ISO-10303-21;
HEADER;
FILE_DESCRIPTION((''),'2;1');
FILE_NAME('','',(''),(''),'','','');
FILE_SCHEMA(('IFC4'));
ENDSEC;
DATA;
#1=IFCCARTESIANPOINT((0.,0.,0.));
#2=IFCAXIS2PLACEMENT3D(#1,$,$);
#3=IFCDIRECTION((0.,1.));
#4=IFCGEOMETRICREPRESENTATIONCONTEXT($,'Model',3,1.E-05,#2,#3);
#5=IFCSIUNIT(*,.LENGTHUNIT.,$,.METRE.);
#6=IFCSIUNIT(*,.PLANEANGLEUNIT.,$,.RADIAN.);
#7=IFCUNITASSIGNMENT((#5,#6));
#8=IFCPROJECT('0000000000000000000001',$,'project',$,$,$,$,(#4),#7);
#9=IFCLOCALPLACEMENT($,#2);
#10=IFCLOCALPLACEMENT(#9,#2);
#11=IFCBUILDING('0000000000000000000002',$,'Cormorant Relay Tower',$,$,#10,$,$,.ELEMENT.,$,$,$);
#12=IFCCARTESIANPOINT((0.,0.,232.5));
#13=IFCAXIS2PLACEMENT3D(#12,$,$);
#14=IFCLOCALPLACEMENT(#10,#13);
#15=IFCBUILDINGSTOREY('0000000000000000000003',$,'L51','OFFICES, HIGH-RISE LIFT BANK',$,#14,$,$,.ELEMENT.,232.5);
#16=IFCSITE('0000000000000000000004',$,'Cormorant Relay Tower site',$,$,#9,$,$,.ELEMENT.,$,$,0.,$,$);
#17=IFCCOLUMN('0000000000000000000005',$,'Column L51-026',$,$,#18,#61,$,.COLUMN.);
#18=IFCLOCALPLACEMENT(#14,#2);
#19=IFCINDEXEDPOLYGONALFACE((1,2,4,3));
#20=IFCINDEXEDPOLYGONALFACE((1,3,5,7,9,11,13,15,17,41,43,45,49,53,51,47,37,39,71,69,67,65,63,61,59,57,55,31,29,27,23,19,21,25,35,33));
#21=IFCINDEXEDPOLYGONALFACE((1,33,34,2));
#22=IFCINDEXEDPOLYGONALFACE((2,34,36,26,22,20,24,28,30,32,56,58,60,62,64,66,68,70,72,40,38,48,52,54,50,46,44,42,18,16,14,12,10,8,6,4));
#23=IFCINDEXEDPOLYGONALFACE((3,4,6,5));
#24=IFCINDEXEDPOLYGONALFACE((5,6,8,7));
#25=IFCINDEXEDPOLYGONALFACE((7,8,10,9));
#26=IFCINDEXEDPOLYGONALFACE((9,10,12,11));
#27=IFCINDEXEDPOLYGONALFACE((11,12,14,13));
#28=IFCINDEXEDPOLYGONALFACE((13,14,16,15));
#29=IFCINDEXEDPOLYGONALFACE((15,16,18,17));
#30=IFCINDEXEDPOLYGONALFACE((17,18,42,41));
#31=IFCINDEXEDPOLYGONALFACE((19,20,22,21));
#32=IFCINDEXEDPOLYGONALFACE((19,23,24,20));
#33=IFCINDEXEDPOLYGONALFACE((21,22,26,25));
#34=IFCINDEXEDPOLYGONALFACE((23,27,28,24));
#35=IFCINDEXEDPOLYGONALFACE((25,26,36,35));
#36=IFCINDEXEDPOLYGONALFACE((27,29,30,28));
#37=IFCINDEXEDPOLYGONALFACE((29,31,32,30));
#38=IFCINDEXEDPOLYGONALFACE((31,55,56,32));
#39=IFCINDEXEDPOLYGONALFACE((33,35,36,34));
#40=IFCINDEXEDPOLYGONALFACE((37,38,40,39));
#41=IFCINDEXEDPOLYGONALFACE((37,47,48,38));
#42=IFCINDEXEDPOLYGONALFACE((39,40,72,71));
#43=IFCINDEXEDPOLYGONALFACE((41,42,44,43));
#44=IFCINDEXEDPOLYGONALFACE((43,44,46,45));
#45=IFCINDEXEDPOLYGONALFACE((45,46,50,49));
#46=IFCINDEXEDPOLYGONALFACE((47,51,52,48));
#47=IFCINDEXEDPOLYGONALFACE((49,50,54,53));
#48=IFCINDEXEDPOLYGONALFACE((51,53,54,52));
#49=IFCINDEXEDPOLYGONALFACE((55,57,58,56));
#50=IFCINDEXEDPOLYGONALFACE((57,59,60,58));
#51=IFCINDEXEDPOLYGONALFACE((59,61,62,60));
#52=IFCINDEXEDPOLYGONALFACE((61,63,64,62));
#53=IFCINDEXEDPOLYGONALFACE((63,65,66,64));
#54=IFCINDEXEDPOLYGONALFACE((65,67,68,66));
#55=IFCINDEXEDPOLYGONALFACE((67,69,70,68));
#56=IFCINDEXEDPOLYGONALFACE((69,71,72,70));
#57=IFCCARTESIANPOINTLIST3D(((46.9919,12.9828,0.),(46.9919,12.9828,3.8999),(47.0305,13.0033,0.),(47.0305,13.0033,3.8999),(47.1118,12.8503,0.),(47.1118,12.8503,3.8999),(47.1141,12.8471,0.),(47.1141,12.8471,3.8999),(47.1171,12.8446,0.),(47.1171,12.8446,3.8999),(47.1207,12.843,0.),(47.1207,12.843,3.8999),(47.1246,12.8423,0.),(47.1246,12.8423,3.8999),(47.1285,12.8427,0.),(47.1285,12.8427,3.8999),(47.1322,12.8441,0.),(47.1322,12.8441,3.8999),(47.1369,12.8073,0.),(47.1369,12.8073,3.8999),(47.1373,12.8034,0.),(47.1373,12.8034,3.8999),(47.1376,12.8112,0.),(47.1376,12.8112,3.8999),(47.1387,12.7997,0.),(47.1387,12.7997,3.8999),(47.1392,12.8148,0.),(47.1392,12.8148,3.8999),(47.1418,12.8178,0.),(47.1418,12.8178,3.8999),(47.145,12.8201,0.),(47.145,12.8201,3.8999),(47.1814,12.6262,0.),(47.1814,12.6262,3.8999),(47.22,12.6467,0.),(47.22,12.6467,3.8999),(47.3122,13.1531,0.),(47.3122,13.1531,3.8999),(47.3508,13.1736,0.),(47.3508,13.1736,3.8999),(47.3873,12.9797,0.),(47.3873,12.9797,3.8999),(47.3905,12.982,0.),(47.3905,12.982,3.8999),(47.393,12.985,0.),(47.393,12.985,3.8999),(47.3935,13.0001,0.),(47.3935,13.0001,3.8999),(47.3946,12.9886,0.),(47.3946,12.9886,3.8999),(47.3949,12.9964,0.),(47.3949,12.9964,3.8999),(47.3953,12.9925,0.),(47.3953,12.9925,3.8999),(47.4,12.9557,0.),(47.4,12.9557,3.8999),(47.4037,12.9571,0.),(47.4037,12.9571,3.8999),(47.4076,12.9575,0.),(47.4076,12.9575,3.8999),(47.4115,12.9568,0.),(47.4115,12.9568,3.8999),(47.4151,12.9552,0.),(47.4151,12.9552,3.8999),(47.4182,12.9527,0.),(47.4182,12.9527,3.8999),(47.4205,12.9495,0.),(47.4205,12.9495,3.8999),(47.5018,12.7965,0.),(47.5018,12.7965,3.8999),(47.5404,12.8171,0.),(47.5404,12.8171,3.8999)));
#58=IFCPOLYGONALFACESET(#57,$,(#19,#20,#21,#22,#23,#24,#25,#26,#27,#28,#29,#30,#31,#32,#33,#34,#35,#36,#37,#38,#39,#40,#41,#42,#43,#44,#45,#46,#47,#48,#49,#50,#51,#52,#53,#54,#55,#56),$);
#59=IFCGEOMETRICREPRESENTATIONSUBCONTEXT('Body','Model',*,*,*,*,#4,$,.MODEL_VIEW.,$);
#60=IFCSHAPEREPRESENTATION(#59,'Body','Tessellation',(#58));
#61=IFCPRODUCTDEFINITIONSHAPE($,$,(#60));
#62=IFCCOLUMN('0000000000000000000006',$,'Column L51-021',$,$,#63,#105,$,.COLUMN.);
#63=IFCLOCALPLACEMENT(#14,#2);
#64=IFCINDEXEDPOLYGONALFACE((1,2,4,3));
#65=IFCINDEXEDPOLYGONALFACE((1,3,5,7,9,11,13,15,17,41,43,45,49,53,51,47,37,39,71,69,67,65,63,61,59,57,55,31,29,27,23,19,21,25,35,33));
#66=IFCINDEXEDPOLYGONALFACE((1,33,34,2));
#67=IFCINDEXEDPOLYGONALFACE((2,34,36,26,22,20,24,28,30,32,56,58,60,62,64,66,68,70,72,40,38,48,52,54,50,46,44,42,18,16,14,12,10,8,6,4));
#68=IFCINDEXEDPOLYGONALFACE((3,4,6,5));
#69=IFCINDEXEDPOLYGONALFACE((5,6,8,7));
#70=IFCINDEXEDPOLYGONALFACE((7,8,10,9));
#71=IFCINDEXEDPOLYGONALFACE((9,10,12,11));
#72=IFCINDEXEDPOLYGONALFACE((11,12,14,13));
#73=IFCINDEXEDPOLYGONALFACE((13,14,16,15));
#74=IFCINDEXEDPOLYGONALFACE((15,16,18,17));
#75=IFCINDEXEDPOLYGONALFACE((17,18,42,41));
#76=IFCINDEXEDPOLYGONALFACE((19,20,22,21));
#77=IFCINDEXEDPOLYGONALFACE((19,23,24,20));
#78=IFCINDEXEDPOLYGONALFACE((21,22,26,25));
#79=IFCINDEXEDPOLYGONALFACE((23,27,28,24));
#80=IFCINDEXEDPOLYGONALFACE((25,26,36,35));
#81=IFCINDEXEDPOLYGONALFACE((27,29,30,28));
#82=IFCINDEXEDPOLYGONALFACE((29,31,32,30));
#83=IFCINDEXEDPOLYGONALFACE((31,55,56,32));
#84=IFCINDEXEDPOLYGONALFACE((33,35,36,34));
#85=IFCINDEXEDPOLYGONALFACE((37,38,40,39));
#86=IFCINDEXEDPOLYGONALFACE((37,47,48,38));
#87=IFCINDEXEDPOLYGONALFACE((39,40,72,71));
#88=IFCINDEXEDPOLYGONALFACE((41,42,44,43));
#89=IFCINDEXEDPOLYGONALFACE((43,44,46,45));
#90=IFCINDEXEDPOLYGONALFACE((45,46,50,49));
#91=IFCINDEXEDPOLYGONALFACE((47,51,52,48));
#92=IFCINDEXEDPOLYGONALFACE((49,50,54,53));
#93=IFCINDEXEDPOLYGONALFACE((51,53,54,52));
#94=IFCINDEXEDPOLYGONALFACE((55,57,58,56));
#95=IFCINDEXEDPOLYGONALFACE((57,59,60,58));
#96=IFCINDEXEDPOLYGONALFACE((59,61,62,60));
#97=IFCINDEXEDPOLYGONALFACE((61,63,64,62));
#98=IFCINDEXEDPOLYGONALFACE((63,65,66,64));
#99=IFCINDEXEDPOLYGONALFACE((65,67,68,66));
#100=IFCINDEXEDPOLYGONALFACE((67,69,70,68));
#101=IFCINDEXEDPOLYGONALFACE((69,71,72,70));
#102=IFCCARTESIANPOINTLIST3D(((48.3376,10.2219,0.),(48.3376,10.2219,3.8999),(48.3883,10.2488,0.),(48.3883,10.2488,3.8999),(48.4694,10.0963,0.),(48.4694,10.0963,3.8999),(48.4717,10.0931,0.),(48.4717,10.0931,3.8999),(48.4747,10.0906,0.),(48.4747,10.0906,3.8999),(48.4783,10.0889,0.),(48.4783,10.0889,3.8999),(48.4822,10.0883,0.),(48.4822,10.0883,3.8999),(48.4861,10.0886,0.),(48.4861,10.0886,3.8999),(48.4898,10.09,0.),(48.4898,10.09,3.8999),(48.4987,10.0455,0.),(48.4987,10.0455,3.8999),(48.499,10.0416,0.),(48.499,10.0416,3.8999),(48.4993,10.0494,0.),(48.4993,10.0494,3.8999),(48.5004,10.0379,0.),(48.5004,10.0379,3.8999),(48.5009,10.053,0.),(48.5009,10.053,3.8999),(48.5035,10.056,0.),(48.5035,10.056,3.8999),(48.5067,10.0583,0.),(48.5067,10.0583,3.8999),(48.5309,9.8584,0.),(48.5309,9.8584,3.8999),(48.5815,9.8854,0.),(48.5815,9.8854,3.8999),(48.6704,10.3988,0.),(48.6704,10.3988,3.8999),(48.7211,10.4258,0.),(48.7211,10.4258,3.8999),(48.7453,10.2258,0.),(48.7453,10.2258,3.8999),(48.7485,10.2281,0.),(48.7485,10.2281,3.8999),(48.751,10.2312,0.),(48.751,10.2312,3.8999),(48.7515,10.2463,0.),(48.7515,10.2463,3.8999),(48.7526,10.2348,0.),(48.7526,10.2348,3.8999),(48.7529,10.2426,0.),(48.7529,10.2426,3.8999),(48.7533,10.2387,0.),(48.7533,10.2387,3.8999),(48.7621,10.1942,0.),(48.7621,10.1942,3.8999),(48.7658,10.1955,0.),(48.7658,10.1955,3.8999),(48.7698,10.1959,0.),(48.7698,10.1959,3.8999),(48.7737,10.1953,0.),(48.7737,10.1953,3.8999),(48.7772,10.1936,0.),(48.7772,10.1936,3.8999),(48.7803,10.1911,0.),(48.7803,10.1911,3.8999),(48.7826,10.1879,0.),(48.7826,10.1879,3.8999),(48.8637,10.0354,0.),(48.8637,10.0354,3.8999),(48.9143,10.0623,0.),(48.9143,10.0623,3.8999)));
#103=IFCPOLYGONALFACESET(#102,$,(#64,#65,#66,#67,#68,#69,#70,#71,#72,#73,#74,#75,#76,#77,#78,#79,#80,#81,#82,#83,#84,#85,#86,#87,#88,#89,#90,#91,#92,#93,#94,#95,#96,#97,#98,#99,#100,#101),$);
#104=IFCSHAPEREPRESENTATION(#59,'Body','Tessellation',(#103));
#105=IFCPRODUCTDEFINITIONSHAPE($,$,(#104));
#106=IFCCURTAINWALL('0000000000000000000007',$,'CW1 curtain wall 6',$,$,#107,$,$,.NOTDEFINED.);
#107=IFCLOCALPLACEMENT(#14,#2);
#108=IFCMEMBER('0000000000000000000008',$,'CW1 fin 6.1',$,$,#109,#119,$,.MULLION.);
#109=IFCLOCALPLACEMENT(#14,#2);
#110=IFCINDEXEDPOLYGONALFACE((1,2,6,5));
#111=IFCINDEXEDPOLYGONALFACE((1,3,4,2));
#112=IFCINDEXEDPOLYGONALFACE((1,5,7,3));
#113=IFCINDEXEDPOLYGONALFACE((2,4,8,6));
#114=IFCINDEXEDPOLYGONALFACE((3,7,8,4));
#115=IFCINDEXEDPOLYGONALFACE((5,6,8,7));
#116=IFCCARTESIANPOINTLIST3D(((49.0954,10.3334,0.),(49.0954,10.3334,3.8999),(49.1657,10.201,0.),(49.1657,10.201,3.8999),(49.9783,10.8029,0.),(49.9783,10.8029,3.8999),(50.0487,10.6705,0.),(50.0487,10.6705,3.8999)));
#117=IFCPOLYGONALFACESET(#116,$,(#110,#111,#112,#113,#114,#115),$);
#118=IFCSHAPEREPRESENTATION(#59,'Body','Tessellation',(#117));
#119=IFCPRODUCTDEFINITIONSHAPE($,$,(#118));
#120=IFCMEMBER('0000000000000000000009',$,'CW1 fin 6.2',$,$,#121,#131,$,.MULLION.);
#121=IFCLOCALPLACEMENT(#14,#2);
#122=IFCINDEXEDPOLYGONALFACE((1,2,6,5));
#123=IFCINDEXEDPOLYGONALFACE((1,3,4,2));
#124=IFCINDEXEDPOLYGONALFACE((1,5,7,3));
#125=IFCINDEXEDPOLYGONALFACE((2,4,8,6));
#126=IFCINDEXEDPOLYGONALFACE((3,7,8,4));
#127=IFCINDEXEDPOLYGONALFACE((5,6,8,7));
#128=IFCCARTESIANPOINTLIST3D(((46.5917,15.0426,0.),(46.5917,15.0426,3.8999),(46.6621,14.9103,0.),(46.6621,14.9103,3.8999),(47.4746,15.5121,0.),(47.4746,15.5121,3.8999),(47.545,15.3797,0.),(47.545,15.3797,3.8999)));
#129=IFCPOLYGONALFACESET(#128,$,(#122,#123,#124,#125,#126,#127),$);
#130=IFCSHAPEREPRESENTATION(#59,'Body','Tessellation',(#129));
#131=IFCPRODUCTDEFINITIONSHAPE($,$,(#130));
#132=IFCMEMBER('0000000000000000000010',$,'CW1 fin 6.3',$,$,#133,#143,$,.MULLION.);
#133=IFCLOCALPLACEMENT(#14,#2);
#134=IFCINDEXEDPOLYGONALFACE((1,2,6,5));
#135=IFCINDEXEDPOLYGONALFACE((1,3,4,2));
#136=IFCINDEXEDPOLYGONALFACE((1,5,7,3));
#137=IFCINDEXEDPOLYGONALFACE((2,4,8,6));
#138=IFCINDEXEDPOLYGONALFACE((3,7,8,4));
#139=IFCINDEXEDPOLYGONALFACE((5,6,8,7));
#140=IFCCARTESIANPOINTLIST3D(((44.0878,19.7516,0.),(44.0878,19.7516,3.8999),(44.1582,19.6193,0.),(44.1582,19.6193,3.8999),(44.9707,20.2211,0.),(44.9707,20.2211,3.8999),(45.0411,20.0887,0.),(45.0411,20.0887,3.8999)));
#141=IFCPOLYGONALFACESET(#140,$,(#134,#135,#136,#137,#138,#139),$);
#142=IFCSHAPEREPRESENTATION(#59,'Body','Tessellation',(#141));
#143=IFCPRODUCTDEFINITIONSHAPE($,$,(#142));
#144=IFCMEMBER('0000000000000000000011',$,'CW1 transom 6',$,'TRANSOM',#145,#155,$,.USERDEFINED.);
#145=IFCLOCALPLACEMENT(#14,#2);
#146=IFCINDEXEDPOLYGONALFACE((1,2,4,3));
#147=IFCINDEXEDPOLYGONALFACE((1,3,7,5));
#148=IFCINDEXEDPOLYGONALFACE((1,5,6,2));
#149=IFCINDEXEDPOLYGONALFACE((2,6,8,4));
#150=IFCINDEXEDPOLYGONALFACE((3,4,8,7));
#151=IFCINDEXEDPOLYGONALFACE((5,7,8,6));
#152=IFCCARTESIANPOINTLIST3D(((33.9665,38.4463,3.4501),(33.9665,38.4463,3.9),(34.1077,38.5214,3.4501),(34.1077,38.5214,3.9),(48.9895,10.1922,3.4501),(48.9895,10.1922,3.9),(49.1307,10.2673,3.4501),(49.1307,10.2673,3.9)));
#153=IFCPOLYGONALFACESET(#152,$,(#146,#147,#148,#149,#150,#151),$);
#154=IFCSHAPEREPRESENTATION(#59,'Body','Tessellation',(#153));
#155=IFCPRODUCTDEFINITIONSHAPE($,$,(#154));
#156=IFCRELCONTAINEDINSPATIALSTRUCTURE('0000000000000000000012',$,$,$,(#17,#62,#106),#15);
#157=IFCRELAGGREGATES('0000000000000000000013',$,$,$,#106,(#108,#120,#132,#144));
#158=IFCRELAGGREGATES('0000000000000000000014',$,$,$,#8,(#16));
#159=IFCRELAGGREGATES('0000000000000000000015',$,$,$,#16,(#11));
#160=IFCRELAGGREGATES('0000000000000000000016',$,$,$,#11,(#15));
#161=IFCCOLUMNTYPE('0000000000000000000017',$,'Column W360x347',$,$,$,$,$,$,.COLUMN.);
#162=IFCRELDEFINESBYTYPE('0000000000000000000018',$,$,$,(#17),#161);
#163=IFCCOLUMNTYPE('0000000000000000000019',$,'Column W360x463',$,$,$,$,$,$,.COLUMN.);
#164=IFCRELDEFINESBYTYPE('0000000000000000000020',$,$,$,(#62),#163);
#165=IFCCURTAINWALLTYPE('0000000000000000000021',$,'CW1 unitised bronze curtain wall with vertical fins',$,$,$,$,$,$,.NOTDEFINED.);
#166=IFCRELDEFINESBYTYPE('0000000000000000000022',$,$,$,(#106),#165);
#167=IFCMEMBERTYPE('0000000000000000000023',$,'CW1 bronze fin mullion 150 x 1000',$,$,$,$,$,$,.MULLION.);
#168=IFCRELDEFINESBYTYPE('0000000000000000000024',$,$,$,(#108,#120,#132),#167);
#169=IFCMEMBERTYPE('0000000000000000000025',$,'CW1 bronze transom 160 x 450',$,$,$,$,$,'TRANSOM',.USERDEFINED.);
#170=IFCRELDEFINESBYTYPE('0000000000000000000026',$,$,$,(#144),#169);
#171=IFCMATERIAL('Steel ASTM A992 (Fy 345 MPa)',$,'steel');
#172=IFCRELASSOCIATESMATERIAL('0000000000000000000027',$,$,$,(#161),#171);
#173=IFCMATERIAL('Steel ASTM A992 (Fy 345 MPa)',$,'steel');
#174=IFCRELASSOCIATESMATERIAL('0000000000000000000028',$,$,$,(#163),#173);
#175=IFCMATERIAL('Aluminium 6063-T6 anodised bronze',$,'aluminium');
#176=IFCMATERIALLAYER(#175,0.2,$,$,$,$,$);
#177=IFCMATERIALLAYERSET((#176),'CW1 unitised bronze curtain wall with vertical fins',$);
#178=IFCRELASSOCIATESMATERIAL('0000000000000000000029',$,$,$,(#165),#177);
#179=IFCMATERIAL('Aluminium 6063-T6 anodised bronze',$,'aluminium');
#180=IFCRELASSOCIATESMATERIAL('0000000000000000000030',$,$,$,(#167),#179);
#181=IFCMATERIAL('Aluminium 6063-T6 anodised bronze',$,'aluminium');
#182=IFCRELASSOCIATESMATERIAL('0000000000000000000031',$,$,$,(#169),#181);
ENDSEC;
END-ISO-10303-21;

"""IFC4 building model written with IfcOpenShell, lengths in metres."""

from ifc_helpers import new_model, si_unit, direction, frame, origin, origin_2d, place, context, subcontext, project, spatial, rectangle, i_section, extrude, material, layer, layer_set, material_profile, profile_set, type_object, element, aggregate, save


model = new_model("IFC4")

# Units and contexts
model_context = context("Model", 3, precision=1e-05, world=origin(), true_north=direction((0.0, 1.0)))
body_context = subcontext(model_context, "Body", "Model", "MODEL_VIEW")
ifc_project = project(units=[si_unit("LENGTHUNIT", "METRE"), si_unit("PLANEANGLEUNIT", "RADIAN")], contexts=[model_context])

# Site, building, storey
site_placement = place(None, origin())
site = spatial("IfcSite", under=ifc_project, at=site_placement, Name="Cormorant Relay Tower site", CompositionType="ELEMENT", RefElevation=0.0)
building_placement = place(site_placement, origin())
building = spatial("IfcBuilding", under=site, at=building_placement, Name="Cormorant Relay Tower", CompositionType="ELEMENT")
storey_placement = place(building_placement, frame((0.0, 0.0, 232.5)))
storey = spatial("IfcBuildingStorey", under=building, at=storey_placement, Name="L51", Description="OFFICES, HIGH-RISE LIFT BANK", CompositionType="ELEMENT", Elevation=232.5)

# Columns
ifc_material_1 = material(Name="Steel ASTM A992 (Fy 345 MPa)", Category="steel")
ifc_material_profile_1 = material_profile(ifc_material_1, i_section(OverallWidth=0.4038, OverallDepth=0.4065, WebThickness=0.0271, FlangeThickness=0.0437, FilletRadius=0.0151, at=origin_2d()), Name="W360x347")
ifc_profile_set_1 = profile_set([ifc_material_profile_1], Name="Steel ASTM A992 (Fy 345 MPa)")
column_type_1 = type_object("IfcColumnType", Name="Column W360x347", PredefinedType="COLUMN", material=ifc_profile_set_1)
column_1_placement = place(storey_placement, frame((47.2661, 12.8999, 0.0), z_axis=(0.0, 0.0, 1.0), x_axis=(-0.469472, 0.882948, 0.0)))
element("IfcColumn", 1, at=column_1_placement, inside=storey, type_object=column_type_1, Name="Column L51-026", PredefinedType="COLUMN", context=body_context, shape_type="SweptSolid", body=[
    extrude(i_section(OverallWidth=0.4038, OverallDepth=0.4065, WebThickness=0.0271, FlangeThickness=0.0437, FilletRadius=0.0151, at=origin_2d()), origin(), (0.0, 0.0, 1.0), 3.8999),
])
ifc_material_2 = material(Name="Steel ASTM A992 (Fy 345 MPa)", Category="steel")
ifc_material_profile_2 = material_profile(ifc_material_2, i_section(OverallWidth=0.4116, OverallDepth=0.4343, WebThickness=0.0359, FlangeThickness=0.0574, FilletRadius=0.0151, at=origin_2d()), Name="W360x463")
ifc_profile_set_2 = profile_set([ifc_material_profile_2], Name="Steel ASTM A992 (Fy 345 MPa)")
column_type_2 = type_object("IfcColumnType", Name="Column W360x463", PredefinedType="COLUMN", material=ifc_profile_set_2)
column_2_placement = place(storey_placement, frame((48.626, 10.1421, 0.0), z_axis=(0.0, 0.0, 1.0), x_axis=(-0.469472, 0.882948, 0.0)))
element("IfcColumn", 2, at=column_2_placement, inside=storey, type_object=column_type_2, Name="Column L51-021", PredefinedType="COLUMN", context=body_context, shape_type="SweptSolid", body=[
    extrude(i_section(OverallWidth=0.4116, OverallDepth=0.4343, WebThickness=0.0359, FlangeThickness=0.0574, FilletRadius=0.0151, at=origin_2d()), origin(), (0.0, 0.0, 1.0), 3.8999),
])

# Curtain wall, members
ifc_material_3 = material(Name="Aluminium 6063-T6 anodised bronze", Category="aluminium")
ifc_layer_1 = layer(ifc_material_3, 0.2)
ifc_layer_set_1 = layer_set([ifc_layer_1], Name="CW1 unitised bronze curtain wall with vertical fins")
curtain_wall_type = type_object("IfcCurtainWallType", Name="CW1 unitised bronze curtain wall with vertical fins", PredefinedType="NOTDEFINED", material=ifc_layer_set_1)
curtain_wall_1_placement = place(storey_placement, origin())
curtain_wall_1 = element("IfcCurtainWall", 3, at=curtain_wall_1_placement, inside=storey, type_object=curtain_wall_type, Name="CW1 curtain wall 6", PredefinedType="NOTDEFINED")
ifc_material_4 = material(Name="Aluminium 6063-T6 anodised bronze", Category="aluminium")
ifc_material_profile_3 = material_profile(ifc_material_4, rectangle(XDim=0.1499, YDim=1.0, at=origin_2d()), Name="AL 150x1000")
ifc_profile_set_3 = profile_set([ifc_material_profile_3], Name="Aluminium 6063-T6 anodised bronze")
member_type_1 = type_object("IfcMemberType", Name="CW1 bronze fin mullion 150 x 1000", PredefinedType="MULLION", material=ifc_profile_set_3)
member_1_placement = place(storey_placement, frame((49.572, 10.502, 0.0), z_axis=(0.0, 0.0, 1.0), x_axis=(-0.469472, 0.882948, 0.0)))
member_1 = element("IfcMember", 4, at=member_1_placement, type_object=member_type_1, Name="CW1 fin 6.1", PredefinedType="MULLION", context=body_context, shape_type="SweptSolid", body=[
    extrude(rectangle(XDim=0.1499, YDim=1.0, at=origin_2d()), origin(), (0.0, 0.0, 1.0), 3.8999),
])
member_2_placement = place(storey_placement, frame((47.0684, 15.2112, 0.0), z_axis=(0.0, 0.0, 1.0), x_axis=(-0.469472, 0.882948, 0.0)))
member_2 = element("IfcMember", 5, at=member_2_placement, type_object=member_type_1, Name="CW1 fin 6.2", PredefinedType="MULLION", context=body_context, shape_type="SweptSolid", body=[
    extrude(rectangle(XDim=0.1499, YDim=1.0, at=origin_2d()), origin(), (0.0, 0.0, 1.0), 3.8999),
])
member_3_placement = place(storey_placement, frame((44.5645, 19.9202, 0.0), z_axis=(0.0, 0.0, 1.0), x_axis=(-0.469472, 0.882948, 0.0)))
member_3 = element("IfcMember", 6, at=member_3_placement, type_object=member_type_1, Name="CW1 fin 6.3", PredefinedType="MULLION", context=body_context, shape_type="SweptSolid", body=[
    extrude(rectangle(XDim=0.1499, YDim=1.0, at=origin_2d()), origin(), (0.0, 0.0, 1.0), 3.8999),
])
ifc_material_5 = material(Name="Aluminium 6063-T6 anodised bronze", Category="aluminium")
ifc_material_profile_4 = material_profile(ifc_material_5, rectangle(XDim=0.1599, YDim=0.45, at=origin_2d()), Name="AL 160x450")
ifc_profile_set_4 = profile_set([ifc_material_profile_4], Name="Aluminium 6063-T6 anodised bronze")
member_type_2 = type_object("IfcMemberType", Name="CW1 bronze transom 160 x 450", ElementType="TRANSOM", PredefinedType="USERDEFINED", material=ifc_profile_set_4)
member_4_placement = place(storey_placement, frame((49.0601, 10.2297, 3.675), z_axis=(-0.46947, 0.882948, 0.0), x_axis=(-0.882948, -0.46947, 0.0)))
member_4 = element("IfcMember", 7, at=member_4_placement, type_object=member_type_2, Name="CW1 transom 6", ObjectType="TRANSOM", PredefinedType="USERDEFINED", context=body_context, shape_type="SweptSolid", body=[
    extrude(rectangle(XDim=0.1599, YDim=0.45, at=origin_2d()), origin(), (0.0, 0.0, 1.0), 31.9998),
])

aggregate(curtain_wall_1, [member_1, member_2, member_3, member_4])

save(model, "model.ifc")
